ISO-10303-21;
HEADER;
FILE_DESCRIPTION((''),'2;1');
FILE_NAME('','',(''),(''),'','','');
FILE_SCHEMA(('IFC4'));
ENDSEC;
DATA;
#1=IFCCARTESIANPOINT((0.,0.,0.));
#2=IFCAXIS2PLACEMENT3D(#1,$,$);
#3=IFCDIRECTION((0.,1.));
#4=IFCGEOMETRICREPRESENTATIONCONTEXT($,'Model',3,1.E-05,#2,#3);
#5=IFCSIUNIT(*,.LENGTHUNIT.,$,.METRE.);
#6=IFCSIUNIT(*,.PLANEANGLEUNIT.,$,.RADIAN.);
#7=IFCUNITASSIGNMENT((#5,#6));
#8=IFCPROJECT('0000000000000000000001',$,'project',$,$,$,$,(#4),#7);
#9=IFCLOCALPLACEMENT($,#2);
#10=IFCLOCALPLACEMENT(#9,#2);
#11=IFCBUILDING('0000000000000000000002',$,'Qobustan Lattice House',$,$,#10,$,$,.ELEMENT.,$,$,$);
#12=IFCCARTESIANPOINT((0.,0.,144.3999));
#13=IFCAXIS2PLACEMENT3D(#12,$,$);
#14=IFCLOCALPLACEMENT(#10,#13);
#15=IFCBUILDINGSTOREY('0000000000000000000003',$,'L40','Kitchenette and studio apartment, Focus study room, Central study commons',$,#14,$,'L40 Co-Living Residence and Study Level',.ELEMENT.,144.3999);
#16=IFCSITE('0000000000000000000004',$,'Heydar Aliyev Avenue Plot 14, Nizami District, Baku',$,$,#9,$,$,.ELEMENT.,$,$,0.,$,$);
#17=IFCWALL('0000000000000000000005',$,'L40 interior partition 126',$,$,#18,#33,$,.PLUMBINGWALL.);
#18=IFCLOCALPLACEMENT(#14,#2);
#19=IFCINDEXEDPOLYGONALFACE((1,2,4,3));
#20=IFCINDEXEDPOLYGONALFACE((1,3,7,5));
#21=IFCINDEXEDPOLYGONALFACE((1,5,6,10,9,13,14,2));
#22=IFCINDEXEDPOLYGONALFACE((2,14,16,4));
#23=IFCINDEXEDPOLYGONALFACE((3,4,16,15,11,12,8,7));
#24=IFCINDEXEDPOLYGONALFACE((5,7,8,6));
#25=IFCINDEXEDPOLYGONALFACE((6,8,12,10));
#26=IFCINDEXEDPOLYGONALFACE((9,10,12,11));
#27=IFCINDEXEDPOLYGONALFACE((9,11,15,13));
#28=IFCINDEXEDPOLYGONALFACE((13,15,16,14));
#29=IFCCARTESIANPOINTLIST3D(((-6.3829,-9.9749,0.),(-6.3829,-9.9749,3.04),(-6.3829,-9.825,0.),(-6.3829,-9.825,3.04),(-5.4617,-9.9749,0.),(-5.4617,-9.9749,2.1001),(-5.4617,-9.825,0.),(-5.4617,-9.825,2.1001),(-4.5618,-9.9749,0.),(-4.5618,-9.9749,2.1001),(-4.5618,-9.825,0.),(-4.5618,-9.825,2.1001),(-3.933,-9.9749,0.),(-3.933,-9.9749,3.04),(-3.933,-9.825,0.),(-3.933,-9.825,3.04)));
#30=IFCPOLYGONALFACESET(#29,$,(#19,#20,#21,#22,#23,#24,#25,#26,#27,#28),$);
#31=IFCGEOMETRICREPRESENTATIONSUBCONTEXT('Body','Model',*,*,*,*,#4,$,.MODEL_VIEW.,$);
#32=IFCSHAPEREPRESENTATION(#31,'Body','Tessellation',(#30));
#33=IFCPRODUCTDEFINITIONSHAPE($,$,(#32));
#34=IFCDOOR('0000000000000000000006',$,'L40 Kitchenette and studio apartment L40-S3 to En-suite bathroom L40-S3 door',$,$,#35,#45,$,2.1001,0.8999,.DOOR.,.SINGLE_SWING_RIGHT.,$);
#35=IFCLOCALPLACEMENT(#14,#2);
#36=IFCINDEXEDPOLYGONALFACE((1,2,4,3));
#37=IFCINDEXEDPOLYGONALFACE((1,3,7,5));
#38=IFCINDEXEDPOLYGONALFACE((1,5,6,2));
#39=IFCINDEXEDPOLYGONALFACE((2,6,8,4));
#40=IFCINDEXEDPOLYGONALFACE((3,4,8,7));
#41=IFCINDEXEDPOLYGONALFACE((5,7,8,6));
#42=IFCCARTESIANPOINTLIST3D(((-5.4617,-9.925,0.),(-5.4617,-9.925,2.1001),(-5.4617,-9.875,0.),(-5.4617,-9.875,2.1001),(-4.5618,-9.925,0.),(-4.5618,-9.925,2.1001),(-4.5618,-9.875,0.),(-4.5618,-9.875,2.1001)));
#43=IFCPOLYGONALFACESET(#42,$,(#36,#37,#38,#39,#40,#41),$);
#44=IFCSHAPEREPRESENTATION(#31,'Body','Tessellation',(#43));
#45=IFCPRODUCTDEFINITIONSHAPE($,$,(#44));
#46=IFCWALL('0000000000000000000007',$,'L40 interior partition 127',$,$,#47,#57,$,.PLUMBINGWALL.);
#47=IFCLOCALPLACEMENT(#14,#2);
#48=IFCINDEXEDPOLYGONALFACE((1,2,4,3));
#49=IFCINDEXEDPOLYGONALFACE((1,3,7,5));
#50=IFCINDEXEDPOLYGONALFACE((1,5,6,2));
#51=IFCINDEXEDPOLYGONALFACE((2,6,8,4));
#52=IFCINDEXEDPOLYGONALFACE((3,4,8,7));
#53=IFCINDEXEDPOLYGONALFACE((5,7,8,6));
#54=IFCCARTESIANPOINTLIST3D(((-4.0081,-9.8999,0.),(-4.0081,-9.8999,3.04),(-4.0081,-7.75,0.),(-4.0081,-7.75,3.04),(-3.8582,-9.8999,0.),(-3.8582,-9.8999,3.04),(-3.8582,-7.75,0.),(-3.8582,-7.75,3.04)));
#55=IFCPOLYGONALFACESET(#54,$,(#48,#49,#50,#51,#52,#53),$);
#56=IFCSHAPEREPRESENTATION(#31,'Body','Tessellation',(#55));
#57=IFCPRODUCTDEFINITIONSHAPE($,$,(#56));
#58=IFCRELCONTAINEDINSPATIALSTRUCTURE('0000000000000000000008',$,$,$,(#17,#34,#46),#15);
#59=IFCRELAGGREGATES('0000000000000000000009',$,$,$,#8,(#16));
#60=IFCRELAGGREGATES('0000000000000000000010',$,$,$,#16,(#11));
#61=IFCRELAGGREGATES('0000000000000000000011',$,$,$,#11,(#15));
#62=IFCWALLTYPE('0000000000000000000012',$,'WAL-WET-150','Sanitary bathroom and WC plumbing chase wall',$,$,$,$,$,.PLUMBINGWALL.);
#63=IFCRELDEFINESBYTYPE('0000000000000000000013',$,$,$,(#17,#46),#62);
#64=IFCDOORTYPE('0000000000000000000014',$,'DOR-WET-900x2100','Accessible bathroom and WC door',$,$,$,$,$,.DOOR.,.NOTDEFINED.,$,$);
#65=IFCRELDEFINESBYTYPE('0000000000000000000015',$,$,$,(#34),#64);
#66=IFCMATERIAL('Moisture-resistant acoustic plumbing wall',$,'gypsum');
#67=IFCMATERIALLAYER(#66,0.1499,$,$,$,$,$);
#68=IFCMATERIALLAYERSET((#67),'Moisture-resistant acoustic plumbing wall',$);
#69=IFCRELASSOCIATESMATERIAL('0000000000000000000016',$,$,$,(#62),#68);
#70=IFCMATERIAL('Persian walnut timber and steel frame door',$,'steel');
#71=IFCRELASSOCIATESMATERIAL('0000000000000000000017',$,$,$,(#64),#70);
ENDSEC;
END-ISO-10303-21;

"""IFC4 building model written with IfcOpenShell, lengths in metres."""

from ifc_helpers import new_model, si_unit, direction, frame, frame_2d, origin, place, context, subcontext, project, spatial, rectangle, extrude, material, layer, layer_set, type_object, element, fill, save


model = new_model("IFC4")

# Units and contexts
model_context = context("Model", 3, precision=1e-05, world=origin(), true_north=direction((0.0, 1.0)))
body_context = subcontext(model_context, "Body", "Model", "MODEL_VIEW")
ifc_project = project(units=[si_unit("LENGTHUNIT", "METRE"), si_unit("PLANEANGLEUNIT", "RADIAN")], contexts=[model_context])

# Site, building, storey
site_placement = place(None, origin())
site = spatial("IfcSite", under=ifc_project, at=site_placement, Name="Heydar Aliyev Avenue Plot 14, Nizami District, Baku", CompositionType="ELEMENT", RefElevation=0.0)
building_placement = place(site_placement, origin())
building = spatial("IfcBuilding", under=site, at=building_placement, Name="Qobustan Lattice House", CompositionType="ELEMENT")
storey_placement = place(building_placement, frame((0.0, 0.0, 144.3999)))
storey = spatial("IfcBuildingStorey", under=building, at=storey_placement, Name="L40", Description="Kitchenette and studio apartment, Focus study room, Central study commons", LongName="L40 Co-Living Residence and Study Level", CompositionType="ELEMENT", Elevation=144.3999)

# Shared definitions
ifc_material_1 = material(Name="Moisture-resistant acoustic plumbing wall", Category="gypsum")
ifc_layer_1 = layer(ifc_material_1, 0.1499)
ifc_layer_set_1 = layer_set([ifc_layer_1], Name="Moisture-resistant acoustic plumbing wall")
wall_type_1 = type_object("IfcWallType", Name="WAL-WET-150", Description="Sanitary bathroom and WC plumbing chase wall", PredefinedType="PLUMBINGWALL", material=ifc_layer_set_1)

# Wall, opening, door
wall_1_placement = place(storey_placement, frame((-6.3831, -9.8999, 0.0), z_axis=(0.0, 0.0, 1.0), x_axis=(1.0, 0.0, 0.0)))
wall_1 = element("IfcWall", 1, at=wall_1_placement, inside=storey, type_object=wall_type_1, Name="L40 interior partition 126", PredefinedType="PLUMBINGWALL", context=body_context, shape_type="SweptSolid", body=[
    extrude(rectangle(XDim=2.45, YDim=0.1499, at=frame_2d((1.2251, 0.0))), origin(), (0.0, 0.0, 1.0), 3.04),
])
opening_1_placement = place(wall_1_placement, frame((0.9214, 0.0, 0.0)))
opening_1 = element("IfcOpeningElement", 2, at=opening_1_placement, cuts=wall_1, PredefinedType="OPENING", context=body_context, shape_type="SweptSolid", body=[
    extrude(rectangle(XDim=0.8999, YDim=2.1001, at=frame_2d((0.45, 1.05))), frame((0.0, 0.085, 0.0), z_axis=(0.0, -1.0, 0.0), x_axis=(1.0, 0.0, 0.0)), (0.0, 0.0, 1.0), 0.1699),
])
ifc_material_2 = material(Name="Persian walnut timber and steel frame door", Category="steel")
door_type_1 = type_object("IfcDoorType", Name="DOR-WET-900x2100", Description="Accessible bathroom and WC door", OperationType="NOTDEFINED", PredefinedType="DOOR", material=ifc_material_2)
door_1_placement = place(opening_1_placement, origin())
door_1 = element("IfcDoor", 3, at=door_1_placement, inside=storey, type_object=door_type_1, Name="L40 Kitchenette and studio apartment L40-S3 to En-suite bathroom L40-S3 door", OperationType="SINGLE_SWING_RIGHT", OverallHeight=2.1001, OverallWidth=0.8999, PredefinedType="DOOR", context=body_context, shape_type="SweptSolid", body=[
    extrude(rectangle(XDim=0.8999, YDim=2.1001, at=frame_2d((0.45, 1.05))), frame((0.0, 0.0249, 0.0), z_axis=(0.0, -1.0, 0.0), x_axis=(1.0, 0.0, 0.0)), (0.0, 0.0, 1.0), 0.05),
])
fill(opening_1, door_1)

# Wall
wall_2_placement = place(storey_placement, frame((-3.9331, -9.8999, 0.0), z_axis=(0.0, 0.0, 1.0), x_axis=(0.0, 1.0, 0.0)))
element("IfcWall", 4, at=wall_2_placement, inside=storey, type_object=wall_type_1, Name="L40 interior partition 127", PredefinedType="PLUMBINGWALL", context=body_context, shape_type="SweptSolid", body=[
    extrude(rectangle(XDim=2.1499, YDim=0.1499, at=frame_2d((1.075, 0.0))), origin(), (0.0, 0.0, 1.0), 3.04),
])

save(model, "model.ifc")
